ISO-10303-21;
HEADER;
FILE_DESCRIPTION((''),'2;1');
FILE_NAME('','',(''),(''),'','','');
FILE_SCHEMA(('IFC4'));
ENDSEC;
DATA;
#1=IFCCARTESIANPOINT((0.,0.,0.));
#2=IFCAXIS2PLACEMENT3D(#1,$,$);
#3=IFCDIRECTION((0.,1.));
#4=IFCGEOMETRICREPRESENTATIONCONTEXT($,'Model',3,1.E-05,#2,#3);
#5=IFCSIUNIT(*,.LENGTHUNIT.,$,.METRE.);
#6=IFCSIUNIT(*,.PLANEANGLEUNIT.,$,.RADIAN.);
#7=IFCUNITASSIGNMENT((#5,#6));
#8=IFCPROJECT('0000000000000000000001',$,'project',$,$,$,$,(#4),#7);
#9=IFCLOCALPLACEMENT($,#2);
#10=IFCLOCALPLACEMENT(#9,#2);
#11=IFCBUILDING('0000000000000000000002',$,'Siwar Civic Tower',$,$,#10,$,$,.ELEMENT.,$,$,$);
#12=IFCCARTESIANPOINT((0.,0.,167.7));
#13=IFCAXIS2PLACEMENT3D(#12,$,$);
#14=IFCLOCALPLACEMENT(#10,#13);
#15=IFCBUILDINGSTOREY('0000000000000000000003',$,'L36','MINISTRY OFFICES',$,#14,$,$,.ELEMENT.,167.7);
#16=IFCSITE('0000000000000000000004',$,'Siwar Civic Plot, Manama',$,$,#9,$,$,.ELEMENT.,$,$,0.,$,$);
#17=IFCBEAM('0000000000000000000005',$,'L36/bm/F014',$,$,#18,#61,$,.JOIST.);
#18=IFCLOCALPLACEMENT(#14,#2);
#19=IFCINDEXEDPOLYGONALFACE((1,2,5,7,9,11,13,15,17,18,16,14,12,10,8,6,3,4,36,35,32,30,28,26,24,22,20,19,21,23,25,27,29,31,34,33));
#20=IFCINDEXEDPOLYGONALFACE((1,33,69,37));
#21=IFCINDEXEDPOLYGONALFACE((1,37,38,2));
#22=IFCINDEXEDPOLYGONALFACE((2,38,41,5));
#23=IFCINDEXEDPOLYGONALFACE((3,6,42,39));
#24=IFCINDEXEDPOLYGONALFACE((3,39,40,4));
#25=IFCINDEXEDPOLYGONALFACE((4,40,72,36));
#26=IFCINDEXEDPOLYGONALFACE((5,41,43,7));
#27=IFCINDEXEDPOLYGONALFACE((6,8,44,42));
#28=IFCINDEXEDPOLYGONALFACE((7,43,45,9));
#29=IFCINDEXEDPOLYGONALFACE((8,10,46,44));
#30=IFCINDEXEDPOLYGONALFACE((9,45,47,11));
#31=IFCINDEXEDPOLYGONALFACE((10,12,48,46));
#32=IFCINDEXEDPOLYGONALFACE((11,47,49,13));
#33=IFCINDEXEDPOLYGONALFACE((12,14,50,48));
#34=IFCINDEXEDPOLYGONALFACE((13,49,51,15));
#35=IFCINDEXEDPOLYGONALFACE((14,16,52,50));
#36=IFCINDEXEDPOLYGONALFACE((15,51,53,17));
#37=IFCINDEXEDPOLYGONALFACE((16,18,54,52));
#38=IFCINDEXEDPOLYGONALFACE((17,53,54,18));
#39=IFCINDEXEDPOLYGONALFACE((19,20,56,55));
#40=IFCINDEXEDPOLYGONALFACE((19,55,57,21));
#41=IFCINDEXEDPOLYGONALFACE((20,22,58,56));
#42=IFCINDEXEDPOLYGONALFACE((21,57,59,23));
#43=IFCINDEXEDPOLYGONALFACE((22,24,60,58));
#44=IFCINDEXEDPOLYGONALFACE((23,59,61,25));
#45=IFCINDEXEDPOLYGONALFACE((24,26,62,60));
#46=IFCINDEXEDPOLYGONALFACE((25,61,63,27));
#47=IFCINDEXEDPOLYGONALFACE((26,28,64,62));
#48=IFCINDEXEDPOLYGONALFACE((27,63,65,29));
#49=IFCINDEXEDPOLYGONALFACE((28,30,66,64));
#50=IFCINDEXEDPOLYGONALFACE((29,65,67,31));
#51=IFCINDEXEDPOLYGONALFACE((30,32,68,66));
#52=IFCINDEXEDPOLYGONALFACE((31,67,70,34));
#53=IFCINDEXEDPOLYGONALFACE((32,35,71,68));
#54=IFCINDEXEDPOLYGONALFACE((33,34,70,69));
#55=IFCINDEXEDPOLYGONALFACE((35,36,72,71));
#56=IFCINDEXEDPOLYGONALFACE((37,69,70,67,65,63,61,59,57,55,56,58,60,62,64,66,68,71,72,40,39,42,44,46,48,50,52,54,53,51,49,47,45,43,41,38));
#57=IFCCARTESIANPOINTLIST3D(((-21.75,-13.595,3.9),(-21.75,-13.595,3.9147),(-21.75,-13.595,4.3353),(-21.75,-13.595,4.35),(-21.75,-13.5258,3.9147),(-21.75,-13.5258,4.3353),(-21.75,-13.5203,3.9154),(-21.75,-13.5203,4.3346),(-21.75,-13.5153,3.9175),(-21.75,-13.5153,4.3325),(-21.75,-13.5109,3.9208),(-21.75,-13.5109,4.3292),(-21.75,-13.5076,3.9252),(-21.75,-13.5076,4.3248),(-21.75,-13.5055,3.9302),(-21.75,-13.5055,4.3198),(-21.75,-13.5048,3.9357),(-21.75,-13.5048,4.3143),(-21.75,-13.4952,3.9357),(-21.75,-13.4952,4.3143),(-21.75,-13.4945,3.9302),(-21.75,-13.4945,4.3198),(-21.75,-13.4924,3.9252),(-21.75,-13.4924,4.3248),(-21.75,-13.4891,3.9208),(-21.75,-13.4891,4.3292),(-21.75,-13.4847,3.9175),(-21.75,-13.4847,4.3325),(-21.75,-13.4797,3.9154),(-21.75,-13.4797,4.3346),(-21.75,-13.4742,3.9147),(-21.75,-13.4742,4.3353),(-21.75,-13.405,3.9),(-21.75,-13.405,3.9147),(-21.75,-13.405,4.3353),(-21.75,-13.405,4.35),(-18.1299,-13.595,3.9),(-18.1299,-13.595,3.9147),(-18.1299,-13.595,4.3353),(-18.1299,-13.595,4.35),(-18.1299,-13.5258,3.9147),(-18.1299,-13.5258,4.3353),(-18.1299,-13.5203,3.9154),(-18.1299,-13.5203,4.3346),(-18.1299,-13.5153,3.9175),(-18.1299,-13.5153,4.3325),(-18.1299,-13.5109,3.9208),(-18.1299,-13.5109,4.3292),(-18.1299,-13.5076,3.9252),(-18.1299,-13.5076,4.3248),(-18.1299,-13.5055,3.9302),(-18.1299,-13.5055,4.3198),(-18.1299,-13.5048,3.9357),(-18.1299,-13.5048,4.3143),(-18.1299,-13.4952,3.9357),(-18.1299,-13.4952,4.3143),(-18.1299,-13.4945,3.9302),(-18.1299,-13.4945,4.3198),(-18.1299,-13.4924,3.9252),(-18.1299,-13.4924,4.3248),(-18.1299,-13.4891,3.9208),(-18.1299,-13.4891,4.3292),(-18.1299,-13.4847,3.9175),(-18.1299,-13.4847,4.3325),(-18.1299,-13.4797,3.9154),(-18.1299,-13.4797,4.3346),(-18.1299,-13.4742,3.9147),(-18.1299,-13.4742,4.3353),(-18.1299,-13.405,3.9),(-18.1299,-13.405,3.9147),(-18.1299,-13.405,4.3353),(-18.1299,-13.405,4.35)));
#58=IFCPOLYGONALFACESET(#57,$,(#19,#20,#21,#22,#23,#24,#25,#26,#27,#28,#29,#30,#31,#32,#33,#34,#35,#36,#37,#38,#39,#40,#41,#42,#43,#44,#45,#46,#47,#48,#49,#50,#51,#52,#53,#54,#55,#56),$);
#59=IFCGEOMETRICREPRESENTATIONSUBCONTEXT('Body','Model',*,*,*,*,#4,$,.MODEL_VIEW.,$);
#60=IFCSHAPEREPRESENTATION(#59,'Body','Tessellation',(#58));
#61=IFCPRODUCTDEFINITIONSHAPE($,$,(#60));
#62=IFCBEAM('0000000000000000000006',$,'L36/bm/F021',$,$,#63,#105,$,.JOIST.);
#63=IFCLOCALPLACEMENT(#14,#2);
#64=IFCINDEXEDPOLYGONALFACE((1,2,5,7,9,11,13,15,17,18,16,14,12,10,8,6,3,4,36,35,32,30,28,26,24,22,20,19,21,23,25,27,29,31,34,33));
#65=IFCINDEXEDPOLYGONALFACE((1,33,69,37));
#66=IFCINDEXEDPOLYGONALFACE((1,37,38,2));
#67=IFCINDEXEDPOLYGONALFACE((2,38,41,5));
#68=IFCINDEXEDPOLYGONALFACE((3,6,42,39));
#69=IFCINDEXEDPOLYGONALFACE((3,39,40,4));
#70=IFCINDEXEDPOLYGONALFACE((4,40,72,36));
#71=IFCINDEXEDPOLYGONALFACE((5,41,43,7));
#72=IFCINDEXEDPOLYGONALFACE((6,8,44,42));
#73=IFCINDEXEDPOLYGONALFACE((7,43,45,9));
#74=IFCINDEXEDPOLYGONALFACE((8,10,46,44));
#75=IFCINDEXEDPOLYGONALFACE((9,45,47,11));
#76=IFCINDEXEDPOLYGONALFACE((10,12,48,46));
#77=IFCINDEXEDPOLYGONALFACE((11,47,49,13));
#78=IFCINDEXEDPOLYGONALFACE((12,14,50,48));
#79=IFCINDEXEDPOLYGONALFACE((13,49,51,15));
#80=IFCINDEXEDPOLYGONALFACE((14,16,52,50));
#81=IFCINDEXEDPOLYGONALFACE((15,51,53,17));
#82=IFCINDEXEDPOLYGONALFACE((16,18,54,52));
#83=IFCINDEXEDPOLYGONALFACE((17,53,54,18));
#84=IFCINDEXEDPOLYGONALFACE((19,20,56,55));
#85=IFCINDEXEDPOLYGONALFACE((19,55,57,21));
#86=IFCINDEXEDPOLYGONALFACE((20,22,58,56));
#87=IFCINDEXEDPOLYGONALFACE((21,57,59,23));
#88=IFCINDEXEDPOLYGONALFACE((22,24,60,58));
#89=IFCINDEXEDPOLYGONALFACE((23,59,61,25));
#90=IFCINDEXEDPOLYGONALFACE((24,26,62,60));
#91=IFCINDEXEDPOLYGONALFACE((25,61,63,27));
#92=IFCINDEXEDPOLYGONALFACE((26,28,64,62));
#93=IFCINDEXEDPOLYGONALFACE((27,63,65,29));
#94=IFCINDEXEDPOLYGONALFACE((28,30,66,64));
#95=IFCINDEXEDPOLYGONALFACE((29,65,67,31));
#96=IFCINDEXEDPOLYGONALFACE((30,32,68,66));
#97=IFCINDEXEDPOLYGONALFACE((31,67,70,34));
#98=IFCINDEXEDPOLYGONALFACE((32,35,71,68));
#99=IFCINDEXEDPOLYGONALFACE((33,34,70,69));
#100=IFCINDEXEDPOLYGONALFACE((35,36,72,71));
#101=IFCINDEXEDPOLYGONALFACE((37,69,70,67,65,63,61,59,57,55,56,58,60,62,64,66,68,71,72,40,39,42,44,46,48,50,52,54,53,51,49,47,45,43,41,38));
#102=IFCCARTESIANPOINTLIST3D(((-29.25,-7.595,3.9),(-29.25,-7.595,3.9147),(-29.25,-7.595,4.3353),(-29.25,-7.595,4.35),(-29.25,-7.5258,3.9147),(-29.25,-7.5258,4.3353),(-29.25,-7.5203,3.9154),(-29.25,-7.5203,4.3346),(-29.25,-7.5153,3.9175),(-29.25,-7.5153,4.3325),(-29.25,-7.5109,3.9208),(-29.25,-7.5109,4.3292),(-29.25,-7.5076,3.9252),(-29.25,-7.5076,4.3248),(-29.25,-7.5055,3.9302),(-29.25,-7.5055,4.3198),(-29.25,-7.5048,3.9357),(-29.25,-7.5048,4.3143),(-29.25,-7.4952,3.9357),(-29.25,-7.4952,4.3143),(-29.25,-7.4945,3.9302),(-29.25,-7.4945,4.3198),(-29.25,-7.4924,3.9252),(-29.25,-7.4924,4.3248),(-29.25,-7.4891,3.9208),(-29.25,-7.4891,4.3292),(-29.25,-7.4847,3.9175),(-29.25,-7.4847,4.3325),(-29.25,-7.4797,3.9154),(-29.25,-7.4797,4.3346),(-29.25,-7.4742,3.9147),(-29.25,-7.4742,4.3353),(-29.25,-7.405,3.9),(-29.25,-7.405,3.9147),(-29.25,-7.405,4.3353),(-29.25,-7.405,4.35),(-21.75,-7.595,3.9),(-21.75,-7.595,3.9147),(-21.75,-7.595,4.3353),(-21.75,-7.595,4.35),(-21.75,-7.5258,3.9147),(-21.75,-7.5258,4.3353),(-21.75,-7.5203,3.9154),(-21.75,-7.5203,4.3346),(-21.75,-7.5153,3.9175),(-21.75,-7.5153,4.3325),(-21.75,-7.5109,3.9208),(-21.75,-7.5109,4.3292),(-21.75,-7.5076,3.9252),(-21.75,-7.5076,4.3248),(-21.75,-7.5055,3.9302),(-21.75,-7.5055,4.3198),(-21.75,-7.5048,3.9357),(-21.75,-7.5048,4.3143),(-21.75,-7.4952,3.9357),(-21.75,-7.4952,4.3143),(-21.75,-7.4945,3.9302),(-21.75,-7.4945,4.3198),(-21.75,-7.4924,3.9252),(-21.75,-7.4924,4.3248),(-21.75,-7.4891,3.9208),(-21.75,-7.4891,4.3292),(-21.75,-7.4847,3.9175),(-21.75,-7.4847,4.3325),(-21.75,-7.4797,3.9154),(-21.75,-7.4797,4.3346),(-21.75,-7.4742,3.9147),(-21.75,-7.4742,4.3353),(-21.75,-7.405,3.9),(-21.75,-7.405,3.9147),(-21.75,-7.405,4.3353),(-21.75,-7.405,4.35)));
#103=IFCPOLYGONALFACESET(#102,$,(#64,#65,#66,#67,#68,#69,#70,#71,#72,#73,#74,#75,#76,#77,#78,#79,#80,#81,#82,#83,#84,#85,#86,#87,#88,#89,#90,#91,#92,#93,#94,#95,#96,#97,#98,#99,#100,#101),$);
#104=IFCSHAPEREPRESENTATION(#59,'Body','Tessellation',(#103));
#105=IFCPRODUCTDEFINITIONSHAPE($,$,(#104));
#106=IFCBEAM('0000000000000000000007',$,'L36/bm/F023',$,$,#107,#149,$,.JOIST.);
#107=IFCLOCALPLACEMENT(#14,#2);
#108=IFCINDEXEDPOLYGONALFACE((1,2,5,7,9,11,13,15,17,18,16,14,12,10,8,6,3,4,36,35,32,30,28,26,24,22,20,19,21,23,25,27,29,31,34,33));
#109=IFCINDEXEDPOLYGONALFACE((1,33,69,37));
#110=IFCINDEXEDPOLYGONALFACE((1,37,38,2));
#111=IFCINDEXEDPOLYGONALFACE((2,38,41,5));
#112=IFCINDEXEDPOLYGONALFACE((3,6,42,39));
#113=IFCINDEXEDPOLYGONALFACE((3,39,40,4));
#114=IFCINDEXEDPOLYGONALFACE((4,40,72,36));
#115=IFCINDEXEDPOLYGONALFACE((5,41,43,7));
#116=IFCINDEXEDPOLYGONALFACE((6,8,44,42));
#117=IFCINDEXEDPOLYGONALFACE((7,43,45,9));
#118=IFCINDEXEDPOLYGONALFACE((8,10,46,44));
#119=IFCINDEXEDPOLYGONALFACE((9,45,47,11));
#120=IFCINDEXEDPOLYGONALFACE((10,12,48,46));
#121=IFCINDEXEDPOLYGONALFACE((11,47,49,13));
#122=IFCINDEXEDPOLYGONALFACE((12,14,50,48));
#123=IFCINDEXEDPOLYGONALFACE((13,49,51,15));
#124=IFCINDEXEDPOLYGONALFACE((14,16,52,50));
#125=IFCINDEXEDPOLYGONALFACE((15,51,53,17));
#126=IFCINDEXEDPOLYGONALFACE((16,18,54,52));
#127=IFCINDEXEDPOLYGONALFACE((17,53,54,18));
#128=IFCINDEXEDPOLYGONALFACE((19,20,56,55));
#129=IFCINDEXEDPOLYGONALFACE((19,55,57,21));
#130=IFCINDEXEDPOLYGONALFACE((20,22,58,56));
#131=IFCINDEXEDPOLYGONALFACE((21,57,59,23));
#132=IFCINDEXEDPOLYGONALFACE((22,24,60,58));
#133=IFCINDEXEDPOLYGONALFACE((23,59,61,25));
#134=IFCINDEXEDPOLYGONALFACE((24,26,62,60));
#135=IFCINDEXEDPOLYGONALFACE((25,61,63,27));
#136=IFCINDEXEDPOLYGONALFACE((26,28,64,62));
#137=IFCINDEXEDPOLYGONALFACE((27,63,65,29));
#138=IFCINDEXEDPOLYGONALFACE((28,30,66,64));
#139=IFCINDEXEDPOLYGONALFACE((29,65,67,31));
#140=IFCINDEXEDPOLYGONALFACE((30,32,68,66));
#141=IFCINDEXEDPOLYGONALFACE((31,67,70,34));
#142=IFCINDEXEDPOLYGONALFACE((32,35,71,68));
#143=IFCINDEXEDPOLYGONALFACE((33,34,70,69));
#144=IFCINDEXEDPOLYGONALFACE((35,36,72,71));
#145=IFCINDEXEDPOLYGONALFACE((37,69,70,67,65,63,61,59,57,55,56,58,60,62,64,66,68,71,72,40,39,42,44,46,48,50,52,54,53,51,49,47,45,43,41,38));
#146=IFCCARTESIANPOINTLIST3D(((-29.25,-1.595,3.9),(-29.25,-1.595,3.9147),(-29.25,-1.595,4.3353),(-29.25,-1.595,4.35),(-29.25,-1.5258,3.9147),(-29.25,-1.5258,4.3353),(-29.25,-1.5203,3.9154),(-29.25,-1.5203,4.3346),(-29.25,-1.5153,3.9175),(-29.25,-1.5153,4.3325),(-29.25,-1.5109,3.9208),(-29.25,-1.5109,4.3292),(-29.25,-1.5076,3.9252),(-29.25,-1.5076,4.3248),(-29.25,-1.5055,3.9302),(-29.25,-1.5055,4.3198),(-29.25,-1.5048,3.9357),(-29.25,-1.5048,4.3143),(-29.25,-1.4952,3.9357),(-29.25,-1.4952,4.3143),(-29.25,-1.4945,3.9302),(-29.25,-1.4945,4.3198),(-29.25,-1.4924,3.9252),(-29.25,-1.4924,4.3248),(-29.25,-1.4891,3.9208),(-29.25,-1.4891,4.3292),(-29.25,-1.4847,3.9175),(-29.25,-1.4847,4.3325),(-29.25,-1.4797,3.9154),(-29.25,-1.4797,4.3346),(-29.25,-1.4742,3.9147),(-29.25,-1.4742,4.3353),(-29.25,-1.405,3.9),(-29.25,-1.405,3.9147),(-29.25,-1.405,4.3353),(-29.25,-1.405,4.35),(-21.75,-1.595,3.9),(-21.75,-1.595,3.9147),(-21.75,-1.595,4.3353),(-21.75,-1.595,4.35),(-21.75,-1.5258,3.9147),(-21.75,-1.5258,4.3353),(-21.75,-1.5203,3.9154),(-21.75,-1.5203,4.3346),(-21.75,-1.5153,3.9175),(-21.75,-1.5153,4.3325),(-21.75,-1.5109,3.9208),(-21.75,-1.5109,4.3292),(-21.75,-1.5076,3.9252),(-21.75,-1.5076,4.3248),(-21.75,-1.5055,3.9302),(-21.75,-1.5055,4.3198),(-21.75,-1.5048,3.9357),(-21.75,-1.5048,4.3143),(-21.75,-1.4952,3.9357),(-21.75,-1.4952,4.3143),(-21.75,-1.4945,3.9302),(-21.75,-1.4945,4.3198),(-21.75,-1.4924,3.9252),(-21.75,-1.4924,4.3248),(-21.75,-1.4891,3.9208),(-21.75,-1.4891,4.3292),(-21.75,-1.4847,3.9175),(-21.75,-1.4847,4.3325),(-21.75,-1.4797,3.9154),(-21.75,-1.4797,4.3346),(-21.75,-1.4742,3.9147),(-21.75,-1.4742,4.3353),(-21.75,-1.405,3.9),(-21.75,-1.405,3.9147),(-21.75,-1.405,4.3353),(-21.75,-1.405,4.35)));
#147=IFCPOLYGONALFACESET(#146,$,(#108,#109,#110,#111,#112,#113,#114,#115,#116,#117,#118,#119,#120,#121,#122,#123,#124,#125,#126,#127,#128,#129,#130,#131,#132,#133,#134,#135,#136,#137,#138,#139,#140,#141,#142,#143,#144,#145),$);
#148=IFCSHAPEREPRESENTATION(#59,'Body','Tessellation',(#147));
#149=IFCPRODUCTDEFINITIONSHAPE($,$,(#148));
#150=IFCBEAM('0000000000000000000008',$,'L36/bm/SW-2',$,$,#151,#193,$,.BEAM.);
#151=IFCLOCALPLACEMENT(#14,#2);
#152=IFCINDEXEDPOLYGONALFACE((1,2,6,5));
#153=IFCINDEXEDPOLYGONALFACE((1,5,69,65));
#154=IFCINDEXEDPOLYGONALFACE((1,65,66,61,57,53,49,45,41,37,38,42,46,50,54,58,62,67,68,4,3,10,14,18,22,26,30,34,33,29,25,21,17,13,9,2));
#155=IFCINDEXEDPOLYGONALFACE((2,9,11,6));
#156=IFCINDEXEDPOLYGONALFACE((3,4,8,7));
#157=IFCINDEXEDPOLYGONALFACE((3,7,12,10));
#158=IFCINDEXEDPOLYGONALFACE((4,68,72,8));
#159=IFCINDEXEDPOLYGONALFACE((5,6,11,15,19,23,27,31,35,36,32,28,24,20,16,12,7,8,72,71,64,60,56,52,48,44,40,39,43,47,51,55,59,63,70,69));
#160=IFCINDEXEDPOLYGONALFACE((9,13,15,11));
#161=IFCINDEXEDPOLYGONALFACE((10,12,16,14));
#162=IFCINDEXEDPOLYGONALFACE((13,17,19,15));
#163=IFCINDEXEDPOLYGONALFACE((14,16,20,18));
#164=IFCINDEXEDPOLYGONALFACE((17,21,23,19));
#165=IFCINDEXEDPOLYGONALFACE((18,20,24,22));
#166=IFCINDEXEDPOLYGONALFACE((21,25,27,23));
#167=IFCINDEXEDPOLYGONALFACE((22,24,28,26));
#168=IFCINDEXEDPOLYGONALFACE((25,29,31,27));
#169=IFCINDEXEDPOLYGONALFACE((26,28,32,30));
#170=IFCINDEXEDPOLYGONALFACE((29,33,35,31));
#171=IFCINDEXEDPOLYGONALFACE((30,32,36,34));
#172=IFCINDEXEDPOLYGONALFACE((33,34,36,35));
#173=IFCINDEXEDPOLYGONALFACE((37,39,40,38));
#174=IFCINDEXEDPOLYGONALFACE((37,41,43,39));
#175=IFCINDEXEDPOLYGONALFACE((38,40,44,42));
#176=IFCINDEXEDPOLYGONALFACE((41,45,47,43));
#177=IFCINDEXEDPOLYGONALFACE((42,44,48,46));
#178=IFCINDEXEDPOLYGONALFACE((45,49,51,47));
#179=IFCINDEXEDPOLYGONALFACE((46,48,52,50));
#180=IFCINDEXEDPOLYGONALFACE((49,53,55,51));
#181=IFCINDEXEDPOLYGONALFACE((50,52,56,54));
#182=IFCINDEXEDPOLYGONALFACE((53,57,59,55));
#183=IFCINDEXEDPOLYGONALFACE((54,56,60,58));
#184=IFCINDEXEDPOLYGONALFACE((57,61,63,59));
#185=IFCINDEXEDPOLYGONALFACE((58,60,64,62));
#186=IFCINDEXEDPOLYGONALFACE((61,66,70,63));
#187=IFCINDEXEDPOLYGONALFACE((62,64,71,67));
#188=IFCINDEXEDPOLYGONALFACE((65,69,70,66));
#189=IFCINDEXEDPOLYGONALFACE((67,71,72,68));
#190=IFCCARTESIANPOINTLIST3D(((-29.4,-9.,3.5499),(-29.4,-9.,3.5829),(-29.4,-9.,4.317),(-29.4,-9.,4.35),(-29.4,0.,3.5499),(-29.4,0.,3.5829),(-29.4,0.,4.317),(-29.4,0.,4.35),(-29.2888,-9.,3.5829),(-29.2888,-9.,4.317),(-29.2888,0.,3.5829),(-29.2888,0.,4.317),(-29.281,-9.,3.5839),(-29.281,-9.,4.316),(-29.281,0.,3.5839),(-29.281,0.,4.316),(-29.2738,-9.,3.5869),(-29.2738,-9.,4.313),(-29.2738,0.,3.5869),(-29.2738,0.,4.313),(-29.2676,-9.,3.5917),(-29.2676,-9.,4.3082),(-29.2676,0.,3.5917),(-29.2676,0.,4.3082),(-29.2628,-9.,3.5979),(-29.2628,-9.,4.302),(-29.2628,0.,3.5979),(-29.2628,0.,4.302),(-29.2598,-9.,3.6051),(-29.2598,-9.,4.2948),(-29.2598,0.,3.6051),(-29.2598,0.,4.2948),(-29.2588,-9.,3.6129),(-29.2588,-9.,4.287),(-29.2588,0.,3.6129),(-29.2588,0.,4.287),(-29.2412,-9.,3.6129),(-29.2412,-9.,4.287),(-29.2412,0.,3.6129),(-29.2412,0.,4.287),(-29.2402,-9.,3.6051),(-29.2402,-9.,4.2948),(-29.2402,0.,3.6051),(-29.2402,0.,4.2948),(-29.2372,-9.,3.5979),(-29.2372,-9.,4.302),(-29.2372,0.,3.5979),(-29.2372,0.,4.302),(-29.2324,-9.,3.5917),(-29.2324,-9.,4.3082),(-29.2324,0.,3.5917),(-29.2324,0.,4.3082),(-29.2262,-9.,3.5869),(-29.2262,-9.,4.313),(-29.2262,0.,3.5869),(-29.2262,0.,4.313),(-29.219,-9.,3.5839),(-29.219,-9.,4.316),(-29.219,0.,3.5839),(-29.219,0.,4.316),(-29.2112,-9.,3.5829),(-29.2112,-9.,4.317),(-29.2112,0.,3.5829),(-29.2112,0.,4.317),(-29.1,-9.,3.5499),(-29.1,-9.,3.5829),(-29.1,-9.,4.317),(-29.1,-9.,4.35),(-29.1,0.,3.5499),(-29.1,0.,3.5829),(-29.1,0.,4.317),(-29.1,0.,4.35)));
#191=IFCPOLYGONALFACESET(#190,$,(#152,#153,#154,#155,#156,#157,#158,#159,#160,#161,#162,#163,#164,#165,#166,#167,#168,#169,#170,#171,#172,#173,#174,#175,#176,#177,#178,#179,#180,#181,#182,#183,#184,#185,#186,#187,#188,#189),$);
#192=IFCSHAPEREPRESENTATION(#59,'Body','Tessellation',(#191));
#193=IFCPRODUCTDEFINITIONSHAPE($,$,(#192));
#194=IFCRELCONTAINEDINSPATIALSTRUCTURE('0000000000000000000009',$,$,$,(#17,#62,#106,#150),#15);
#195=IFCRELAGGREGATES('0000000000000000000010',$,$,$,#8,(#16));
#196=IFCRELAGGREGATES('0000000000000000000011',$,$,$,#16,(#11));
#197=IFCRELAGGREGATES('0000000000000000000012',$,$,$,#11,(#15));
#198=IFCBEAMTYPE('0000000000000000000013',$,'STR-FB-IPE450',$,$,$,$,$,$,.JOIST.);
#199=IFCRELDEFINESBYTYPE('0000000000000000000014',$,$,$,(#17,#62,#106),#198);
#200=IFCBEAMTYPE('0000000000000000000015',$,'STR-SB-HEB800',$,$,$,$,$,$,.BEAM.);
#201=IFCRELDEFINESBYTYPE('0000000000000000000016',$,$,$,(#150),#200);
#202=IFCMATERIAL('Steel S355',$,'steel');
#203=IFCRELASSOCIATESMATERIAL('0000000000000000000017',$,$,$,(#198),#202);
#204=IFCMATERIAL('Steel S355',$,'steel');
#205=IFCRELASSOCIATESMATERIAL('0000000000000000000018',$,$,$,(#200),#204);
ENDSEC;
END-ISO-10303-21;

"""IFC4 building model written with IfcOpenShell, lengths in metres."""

from ifc_helpers import new_model, si_unit, direction, frame, origin, origin_2d, place, context, subcontext, project, spatial, i_section, extrude, material, material_profile, profile_set, type_object, element, save


model = new_model("IFC4")

# Units and contexts
model_context = context("Model", 3, precision=1e-05, world=origin(), true_north=direction((0.0, 1.0)))
body_context = subcontext(model_context, "Body", "Model", "MODEL_VIEW")
ifc_project = project(units=[si_unit("LENGTHUNIT", "METRE"), si_unit("PLANEANGLEUNIT", "RADIAN")], contexts=[model_context])

# Site, building, storey
site_placement = place(None, origin())
site = spatial("IfcSite", under=ifc_project, at=site_placement, Name="Siwar Civic Plot, Manama", CompositionType="ELEMENT", RefElevation=0.0)
building_placement = place(site_placement, origin())
building = spatial("IfcBuilding", under=site, at=building_placement, Name="Siwar Civic Tower", CompositionType="ELEMENT")
storey_placement = place(building_placement, frame((0.0, 0.0, 167.7)))
storey = spatial("IfcBuildingStorey", under=building, at=storey_placement, Name="L36", Description="MINISTRY OFFICES", CompositionType="ELEMENT", Elevation=167.7)

# Beams
ifc_material_1 = material(Name="Steel S355", Category="steel")
ifc_material_profile_1 = material_profile(ifc_material_1, i_section(OverallWidth=0.1899, OverallDepth=0.45, WebThickness=0.0095, FlangeThickness=0.0146, FilletRadius=0.021, at=origin_2d()), Name="IPE450")
ifc_profile_set_1 = profile_set([ifc_material_profile_1], Name="Steel S355")
beam_type_1 = type_object("IfcBeamType", Name="STR-FB-IPE450", PredefinedType="JOIST", material=ifc_profile_set_1)
beam_1_placement = place(storey_placement, frame((-21.75, -13.5, 4.125), z_axis=(1.0, 0.0, 0.0), x_axis=(0.0, 1.0, 0.0)))
element("IfcBeam", 1, at=beam_1_placement, inside=storey, type_object=beam_type_1, Name="L36/bm/F014", PredefinedType="JOIST", context=body_context, shape_type="SweptSolid", body=[
    extrude(i_section(OverallWidth=0.1899, OverallDepth=0.45, WebThickness=0.0095, FlangeThickness=0.0146, FilletRadius=0.021, at=origin_2d()), origin(), (0.0, 0.0, 1.0), 3.6201),
])
for number, where, z_axis, x_axis, name in (
    (2, (-29.25, -7.5, 4.125), (1.0, 0.0, 0.0), (0.0, 1.0, 0.0), "L36/bm/F021"),
    (3, (-29.25, -1.5, 4.125), (1.0, 0.0, 0.0), (0.0, 1.0, 0.0), "L36/bm/F023"),
):
    element("IfcBeam", number, at=place(storey_placement, frame(where, z_axis=z_axis, x_axis=x_axis)), inside=storey, type_object=beam_type_1, Name=name, PredefinedType="JOIST", context=body_context, shape_type="SweptSolid", body=[
        extrude(i_section(OverallWidth=0.1899, OverallDepth=0.45, WebThickness=0.0095, FlangeThickness=0.0146, FilletRadius=0.021, at=origin_2d()), origin(), (0.0, 0.0, 1.0), 7.5),
    ])
ifc_material_2 = material(Name="Steel S355", Category="steel")
ifc_material_profile_2 = material_profile(ifc_material_2, i_section(OverallWidth=0.3, OverallDepth=0.8, WebThickness=0.0176, FlangeThickness=0.033, FilletRadius=0.03, at=origin_2d()), Name="HEB800")
ifc_profile_set_2 = profile_set([ifc_material_profile_2], Name="Steel S355")
beam_type_2 = type_object("IfcBeamType", Name="STR-SB-HEB800", PredefinedType="BEAM", material=ifc_profile_set_2)
for number, where, z_axis, x_axis, name in (
    (4, (-29.25, 0.0, 3.95), (0.0, -1.0, 0.0), (1.0, 0.0, 0.0), "L36/bm/SW-2"),
):
    element("IfcBeam", number, at=place(storey_placement, frame(where, z_axis=z_axis, x_axis=x_axis)), inside=storey, type_object=beam_type_2, Name=name, PredefinedType="BEAM", context=body_context, shape_type="SweptSolid", body=[
        extrude(i_section(OverallWidth=0.3, OverallDepth=0.8, WebThickness=0.0176, FlangeThickness=0.033, FilletRadius=0.03, at=origin_2d()), origin(), (0.0, 0.0, 1.0), 9.0),
    ])

save(model, "model.ifc")
